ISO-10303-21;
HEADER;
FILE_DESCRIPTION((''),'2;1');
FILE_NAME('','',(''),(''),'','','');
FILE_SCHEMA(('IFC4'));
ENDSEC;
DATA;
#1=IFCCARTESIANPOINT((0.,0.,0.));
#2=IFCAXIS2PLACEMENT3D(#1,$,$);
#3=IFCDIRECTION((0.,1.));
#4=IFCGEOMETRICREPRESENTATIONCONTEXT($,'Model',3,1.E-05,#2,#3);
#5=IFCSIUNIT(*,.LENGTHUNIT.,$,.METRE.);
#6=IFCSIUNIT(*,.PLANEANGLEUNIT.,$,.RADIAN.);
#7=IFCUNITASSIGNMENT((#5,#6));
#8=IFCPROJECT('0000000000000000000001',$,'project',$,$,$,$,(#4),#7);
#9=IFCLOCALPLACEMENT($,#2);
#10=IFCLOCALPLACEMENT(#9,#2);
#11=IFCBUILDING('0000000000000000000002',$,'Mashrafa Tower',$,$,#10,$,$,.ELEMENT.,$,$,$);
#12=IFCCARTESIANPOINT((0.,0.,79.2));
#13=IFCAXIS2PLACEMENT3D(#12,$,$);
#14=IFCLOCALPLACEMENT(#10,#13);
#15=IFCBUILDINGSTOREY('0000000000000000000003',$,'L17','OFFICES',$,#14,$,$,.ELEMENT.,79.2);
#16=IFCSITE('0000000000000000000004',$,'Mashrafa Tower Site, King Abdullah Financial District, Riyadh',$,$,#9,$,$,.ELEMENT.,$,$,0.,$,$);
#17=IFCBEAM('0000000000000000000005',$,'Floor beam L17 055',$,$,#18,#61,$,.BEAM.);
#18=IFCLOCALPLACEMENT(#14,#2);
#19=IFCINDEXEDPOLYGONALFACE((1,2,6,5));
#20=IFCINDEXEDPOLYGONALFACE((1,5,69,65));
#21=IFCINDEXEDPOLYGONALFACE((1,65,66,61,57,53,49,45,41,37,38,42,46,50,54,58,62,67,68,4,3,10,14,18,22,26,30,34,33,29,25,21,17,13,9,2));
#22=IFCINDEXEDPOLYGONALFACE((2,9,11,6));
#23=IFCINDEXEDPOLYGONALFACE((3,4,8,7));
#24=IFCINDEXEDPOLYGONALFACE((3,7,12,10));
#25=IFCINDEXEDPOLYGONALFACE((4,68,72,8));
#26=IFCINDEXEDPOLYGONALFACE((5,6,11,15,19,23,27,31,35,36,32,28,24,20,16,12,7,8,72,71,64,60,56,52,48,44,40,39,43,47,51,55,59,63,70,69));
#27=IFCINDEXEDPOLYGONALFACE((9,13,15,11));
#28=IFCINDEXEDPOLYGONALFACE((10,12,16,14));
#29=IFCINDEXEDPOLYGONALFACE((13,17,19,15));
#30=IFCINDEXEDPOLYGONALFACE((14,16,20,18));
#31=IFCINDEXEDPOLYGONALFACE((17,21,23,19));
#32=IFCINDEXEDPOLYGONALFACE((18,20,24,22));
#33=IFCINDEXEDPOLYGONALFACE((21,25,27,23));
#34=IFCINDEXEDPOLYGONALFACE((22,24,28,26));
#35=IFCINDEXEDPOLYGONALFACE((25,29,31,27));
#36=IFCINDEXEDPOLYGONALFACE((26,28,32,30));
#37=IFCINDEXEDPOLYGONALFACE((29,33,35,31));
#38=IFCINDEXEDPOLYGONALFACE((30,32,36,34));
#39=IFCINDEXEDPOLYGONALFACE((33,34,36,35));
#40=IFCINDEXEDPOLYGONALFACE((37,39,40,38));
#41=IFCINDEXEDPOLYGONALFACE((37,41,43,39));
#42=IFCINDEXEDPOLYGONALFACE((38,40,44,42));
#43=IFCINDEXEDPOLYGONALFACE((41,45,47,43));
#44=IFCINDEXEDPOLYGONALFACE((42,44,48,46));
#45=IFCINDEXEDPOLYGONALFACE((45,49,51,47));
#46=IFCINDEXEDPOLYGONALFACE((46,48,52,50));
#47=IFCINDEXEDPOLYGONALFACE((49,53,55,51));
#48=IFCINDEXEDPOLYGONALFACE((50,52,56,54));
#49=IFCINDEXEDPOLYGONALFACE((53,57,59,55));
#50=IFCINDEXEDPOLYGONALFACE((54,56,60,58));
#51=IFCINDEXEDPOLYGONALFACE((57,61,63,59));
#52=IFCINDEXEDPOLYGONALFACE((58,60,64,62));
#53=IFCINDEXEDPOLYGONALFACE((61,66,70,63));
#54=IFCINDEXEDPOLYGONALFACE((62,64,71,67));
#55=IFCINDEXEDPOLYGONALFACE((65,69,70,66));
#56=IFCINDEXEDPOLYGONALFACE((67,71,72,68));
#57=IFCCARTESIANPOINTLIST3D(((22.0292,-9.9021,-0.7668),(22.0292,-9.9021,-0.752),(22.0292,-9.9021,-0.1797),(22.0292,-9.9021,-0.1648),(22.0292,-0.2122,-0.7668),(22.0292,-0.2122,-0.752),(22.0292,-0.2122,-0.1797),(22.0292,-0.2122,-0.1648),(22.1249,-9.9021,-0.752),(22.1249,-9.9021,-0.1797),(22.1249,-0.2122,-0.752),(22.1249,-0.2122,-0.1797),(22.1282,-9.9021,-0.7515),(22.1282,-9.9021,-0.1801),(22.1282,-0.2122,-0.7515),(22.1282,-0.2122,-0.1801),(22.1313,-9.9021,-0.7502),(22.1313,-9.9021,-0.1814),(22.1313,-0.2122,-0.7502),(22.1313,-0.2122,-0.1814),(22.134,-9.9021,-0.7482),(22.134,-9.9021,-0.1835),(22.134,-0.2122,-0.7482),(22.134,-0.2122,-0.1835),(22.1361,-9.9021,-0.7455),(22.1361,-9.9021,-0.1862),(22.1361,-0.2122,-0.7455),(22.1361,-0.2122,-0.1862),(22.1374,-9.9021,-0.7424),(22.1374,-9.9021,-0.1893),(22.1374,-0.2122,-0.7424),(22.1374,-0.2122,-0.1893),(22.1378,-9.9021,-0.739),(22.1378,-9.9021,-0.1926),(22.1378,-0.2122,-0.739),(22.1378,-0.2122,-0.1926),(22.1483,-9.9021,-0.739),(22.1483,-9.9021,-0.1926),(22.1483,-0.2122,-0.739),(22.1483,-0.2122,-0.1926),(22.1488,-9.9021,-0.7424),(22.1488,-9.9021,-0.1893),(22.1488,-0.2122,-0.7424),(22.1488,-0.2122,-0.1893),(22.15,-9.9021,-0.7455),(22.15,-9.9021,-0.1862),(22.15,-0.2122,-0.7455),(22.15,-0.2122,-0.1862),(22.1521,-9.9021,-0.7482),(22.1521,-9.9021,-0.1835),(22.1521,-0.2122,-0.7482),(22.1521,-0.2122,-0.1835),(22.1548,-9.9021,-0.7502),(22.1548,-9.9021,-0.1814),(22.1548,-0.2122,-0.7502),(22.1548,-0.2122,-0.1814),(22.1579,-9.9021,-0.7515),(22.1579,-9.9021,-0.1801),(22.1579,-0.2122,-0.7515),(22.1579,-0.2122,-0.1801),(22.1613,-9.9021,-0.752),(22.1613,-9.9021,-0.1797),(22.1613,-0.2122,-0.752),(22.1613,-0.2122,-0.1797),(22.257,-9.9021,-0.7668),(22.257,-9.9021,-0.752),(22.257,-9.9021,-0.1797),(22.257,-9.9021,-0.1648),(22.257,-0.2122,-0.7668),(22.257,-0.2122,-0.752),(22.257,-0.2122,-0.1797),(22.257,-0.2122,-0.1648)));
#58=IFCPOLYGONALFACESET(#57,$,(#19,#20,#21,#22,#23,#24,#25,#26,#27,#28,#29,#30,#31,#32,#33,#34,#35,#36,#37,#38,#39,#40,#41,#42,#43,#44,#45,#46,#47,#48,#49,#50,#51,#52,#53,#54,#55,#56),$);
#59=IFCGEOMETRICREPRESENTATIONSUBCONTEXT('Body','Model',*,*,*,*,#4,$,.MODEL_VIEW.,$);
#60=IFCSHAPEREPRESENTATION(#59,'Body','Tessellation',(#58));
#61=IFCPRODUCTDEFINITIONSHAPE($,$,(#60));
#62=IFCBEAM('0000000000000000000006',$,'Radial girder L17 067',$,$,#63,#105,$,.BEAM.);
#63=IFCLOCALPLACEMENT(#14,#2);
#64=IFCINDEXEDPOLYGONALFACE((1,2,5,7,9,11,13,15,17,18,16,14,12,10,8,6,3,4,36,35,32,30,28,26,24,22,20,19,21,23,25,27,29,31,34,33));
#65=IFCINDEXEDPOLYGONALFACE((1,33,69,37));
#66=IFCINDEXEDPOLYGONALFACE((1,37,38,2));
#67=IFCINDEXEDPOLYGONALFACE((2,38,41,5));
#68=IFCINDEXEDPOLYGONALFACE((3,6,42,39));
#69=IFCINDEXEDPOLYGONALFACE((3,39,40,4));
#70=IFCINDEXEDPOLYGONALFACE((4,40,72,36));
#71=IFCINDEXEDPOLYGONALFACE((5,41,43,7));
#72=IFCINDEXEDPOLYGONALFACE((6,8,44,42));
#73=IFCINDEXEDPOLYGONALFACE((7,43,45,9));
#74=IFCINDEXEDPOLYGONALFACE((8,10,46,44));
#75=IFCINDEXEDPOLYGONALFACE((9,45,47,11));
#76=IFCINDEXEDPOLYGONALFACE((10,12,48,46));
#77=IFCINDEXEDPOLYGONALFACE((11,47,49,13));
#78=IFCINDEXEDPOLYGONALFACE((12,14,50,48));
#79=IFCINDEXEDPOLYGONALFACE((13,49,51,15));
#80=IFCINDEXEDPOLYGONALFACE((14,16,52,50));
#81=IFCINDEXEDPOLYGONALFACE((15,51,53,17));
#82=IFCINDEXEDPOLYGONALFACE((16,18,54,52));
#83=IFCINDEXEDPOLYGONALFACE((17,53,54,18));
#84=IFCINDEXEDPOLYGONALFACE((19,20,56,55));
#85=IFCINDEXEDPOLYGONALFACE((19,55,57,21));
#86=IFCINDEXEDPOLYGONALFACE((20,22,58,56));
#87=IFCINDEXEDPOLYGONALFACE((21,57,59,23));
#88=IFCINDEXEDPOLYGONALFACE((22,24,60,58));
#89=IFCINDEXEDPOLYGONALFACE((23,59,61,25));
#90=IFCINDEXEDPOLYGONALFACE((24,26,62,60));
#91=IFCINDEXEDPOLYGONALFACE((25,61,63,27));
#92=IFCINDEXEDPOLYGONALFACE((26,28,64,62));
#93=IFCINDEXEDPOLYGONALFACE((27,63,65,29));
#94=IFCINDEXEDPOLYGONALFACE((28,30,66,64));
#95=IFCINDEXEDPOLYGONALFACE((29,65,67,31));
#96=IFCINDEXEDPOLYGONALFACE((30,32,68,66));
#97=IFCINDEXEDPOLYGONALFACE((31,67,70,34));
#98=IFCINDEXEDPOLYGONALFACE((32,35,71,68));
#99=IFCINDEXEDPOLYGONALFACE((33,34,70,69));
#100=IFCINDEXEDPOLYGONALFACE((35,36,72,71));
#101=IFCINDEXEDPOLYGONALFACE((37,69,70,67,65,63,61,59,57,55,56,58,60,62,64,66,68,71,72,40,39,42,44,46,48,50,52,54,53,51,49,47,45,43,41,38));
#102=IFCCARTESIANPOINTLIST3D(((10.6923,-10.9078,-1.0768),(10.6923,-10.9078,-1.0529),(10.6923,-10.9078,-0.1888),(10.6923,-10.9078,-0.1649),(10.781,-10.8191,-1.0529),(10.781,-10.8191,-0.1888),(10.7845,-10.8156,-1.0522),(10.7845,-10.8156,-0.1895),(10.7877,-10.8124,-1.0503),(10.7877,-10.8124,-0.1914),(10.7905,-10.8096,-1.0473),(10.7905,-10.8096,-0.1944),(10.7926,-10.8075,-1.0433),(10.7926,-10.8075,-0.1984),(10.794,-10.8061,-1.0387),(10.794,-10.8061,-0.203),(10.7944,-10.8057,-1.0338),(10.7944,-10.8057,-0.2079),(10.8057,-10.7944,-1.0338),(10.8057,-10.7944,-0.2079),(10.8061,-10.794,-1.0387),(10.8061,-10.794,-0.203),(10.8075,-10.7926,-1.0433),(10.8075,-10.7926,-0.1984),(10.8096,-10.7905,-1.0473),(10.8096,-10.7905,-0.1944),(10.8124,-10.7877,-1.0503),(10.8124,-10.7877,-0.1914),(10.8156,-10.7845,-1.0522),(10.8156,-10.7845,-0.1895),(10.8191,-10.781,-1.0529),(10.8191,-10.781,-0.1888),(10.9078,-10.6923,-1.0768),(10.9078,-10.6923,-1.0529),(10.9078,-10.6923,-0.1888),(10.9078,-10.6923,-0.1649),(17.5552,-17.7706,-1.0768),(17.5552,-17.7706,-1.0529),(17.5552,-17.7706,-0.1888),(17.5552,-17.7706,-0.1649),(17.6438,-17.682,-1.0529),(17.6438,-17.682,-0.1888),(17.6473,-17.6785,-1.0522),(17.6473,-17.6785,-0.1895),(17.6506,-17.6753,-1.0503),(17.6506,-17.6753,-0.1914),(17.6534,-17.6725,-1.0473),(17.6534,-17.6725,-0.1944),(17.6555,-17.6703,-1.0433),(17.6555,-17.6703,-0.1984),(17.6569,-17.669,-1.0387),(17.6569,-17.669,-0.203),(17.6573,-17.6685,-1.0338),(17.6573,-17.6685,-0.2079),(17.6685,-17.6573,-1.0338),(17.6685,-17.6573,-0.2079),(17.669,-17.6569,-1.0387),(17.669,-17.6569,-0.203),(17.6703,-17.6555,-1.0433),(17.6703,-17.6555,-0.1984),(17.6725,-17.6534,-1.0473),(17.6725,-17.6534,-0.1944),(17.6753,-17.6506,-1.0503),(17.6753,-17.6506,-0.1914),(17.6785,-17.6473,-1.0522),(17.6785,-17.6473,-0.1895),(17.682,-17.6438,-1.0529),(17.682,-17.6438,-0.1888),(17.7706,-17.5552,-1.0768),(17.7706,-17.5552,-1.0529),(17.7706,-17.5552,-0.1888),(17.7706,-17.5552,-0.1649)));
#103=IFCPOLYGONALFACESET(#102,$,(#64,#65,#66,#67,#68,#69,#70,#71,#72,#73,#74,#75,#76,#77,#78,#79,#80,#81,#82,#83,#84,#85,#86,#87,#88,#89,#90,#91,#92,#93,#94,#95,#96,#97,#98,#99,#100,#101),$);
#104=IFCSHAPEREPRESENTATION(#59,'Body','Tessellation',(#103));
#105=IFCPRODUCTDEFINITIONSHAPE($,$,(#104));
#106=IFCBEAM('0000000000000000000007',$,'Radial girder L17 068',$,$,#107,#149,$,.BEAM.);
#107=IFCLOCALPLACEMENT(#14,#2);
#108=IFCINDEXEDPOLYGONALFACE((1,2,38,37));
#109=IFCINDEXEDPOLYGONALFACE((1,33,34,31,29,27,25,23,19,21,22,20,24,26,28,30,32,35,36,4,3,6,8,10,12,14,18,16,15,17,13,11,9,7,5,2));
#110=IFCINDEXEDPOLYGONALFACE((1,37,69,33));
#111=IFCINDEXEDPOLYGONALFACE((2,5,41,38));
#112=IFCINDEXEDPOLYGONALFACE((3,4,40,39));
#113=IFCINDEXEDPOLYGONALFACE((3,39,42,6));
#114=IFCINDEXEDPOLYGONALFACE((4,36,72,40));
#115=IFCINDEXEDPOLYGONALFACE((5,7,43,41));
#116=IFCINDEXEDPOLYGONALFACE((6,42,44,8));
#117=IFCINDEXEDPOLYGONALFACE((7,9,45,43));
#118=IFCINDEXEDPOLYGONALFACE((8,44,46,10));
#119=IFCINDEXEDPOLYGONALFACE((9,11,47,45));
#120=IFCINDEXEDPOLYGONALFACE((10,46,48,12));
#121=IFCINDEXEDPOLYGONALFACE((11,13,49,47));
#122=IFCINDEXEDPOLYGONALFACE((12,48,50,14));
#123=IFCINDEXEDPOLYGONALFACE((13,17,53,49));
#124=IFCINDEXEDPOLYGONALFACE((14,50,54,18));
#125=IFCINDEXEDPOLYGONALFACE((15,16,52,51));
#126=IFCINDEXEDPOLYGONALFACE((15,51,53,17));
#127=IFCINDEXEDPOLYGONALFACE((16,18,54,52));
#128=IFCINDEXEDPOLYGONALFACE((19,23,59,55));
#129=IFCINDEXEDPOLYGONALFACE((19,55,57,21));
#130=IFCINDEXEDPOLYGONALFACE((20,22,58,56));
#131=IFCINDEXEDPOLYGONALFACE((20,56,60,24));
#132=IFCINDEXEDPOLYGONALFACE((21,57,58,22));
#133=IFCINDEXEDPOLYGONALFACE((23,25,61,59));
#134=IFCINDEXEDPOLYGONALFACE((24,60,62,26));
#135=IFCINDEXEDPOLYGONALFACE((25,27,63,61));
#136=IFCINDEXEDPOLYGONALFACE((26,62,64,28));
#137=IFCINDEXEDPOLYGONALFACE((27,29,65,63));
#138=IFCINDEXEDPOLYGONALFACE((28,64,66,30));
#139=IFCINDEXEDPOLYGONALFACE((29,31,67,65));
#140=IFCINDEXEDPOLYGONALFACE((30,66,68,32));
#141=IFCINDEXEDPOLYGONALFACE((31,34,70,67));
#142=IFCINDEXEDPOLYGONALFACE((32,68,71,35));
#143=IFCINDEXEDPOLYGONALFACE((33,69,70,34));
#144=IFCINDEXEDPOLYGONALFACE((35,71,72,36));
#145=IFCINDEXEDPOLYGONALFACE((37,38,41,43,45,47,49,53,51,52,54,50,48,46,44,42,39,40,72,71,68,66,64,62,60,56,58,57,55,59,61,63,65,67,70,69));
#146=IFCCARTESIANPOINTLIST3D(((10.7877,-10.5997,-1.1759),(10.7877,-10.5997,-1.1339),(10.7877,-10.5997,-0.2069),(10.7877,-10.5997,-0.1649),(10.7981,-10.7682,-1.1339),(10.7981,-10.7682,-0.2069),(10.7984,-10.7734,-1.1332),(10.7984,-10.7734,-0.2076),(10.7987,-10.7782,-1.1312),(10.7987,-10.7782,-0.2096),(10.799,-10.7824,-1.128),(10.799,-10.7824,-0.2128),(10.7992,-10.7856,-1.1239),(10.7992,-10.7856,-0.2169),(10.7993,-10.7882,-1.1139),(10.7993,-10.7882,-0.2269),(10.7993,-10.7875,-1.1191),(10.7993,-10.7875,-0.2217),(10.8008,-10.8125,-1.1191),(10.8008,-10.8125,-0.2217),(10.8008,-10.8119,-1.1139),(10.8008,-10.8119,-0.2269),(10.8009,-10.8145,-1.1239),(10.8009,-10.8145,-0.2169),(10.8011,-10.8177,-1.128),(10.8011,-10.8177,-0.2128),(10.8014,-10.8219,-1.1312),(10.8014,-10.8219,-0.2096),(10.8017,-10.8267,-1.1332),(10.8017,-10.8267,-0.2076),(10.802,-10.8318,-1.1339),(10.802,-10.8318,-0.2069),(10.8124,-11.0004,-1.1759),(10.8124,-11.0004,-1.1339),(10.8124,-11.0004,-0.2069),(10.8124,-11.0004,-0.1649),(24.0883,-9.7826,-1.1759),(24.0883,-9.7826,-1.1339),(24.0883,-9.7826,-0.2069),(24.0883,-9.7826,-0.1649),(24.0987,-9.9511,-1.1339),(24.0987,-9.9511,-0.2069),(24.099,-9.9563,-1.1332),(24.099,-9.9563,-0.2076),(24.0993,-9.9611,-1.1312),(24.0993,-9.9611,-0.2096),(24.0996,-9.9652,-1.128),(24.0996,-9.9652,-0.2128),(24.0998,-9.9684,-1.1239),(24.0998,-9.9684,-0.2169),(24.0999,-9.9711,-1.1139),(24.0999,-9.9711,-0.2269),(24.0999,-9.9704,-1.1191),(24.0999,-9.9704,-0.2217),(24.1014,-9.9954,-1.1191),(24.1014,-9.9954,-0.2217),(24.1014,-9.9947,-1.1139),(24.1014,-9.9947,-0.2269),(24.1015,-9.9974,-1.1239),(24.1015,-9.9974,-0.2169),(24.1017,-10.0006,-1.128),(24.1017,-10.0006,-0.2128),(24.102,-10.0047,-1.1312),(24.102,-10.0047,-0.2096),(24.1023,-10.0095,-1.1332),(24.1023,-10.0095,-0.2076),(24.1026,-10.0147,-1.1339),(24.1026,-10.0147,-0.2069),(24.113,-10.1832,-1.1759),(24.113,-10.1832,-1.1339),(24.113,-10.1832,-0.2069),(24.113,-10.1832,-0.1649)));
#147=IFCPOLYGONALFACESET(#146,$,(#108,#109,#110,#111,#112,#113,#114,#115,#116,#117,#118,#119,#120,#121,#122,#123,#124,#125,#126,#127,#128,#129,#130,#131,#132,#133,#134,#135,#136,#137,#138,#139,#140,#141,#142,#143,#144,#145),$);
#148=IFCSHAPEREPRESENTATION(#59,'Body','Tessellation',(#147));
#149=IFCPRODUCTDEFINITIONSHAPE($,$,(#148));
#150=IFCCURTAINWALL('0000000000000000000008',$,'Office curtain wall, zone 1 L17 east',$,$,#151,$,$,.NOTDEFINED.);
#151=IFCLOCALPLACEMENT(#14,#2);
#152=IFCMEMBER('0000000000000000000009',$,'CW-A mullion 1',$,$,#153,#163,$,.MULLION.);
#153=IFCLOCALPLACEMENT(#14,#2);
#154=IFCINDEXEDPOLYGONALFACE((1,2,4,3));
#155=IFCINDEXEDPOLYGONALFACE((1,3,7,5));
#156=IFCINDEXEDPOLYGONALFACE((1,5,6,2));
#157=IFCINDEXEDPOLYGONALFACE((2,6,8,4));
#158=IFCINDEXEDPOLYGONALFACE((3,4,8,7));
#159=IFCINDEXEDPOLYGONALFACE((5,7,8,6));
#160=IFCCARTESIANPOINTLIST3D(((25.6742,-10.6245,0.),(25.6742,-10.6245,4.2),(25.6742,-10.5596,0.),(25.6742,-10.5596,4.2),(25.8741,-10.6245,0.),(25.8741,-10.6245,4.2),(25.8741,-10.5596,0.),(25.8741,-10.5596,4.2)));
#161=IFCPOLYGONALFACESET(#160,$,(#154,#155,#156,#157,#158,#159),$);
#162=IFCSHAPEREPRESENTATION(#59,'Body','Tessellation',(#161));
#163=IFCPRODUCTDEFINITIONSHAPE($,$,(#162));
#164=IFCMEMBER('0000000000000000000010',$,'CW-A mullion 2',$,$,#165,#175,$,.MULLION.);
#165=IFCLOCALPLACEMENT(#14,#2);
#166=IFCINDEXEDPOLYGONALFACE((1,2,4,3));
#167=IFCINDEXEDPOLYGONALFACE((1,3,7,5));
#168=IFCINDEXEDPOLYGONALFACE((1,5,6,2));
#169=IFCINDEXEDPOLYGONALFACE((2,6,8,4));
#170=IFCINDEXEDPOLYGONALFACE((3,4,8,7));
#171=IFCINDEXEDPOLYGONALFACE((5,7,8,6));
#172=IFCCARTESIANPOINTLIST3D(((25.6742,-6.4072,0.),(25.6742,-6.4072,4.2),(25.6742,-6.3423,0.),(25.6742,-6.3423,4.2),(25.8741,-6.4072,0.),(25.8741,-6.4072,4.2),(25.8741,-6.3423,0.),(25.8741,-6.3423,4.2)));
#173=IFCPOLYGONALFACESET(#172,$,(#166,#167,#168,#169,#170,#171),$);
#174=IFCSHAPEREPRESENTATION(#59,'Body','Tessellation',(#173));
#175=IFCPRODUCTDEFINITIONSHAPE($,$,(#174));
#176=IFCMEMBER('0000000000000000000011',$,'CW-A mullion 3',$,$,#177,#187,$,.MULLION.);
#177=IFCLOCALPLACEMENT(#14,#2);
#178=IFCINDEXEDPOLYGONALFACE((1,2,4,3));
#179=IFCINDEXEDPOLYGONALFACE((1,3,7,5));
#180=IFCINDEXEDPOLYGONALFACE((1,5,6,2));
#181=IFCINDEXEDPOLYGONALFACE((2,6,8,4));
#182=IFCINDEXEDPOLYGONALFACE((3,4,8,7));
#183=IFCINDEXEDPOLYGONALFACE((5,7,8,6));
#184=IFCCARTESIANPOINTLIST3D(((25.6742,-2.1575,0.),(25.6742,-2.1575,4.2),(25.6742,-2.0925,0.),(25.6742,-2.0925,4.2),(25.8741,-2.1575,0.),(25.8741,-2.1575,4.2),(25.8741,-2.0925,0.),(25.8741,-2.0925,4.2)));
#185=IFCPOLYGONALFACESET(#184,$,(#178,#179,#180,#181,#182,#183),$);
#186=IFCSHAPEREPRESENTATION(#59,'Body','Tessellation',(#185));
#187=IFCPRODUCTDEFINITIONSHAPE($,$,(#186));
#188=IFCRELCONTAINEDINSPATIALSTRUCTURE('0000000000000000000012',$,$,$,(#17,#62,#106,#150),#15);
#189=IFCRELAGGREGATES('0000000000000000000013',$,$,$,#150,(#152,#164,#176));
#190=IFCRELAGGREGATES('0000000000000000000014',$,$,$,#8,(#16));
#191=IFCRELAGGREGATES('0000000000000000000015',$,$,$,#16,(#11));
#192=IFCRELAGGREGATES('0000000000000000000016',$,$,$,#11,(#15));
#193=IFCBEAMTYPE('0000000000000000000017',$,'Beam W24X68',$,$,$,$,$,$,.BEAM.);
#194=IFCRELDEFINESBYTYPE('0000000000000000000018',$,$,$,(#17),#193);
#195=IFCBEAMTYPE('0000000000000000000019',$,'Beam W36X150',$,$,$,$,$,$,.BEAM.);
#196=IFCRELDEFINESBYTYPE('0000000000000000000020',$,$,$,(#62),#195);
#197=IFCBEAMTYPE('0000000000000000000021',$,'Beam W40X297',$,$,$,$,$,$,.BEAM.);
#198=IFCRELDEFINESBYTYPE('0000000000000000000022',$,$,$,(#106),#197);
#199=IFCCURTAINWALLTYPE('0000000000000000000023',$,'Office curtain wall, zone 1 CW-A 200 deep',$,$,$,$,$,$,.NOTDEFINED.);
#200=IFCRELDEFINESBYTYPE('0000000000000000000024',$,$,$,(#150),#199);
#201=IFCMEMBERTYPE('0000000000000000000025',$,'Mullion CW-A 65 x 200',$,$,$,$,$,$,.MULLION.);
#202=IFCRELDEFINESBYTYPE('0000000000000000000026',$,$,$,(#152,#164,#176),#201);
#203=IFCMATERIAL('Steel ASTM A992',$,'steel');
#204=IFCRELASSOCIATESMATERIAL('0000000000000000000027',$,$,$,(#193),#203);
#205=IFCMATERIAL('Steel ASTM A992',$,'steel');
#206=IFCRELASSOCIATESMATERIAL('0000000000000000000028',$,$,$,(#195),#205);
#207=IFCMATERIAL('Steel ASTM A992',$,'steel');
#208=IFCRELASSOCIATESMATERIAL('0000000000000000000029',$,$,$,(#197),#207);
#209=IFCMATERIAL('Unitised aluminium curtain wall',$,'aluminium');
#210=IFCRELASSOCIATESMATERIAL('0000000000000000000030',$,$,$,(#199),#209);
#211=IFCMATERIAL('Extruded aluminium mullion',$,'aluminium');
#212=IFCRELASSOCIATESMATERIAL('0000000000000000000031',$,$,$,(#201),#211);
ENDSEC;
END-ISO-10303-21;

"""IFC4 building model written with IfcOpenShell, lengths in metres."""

from ifc_helpers import new_model, si_unit, direction, frame, origin, origin_2d, place, context, subcontext, project, spatial, rectangle, i_section, extrude, source, transform, mapped, material, material_profile, profile_set, type_object, type_shapes, element, aggregate, save


model = new_model("IFC4")

# Units and contexts
model_context = context("Model", 3, precision=1e-05, world=origin(), true_north=direction((0.0, 1.0)))
body_context = subcontext(model_context, "Body", "Model", "MODEL_VIEW")
ifc_project = project(units=[si_unit("LENGTHUNIT", "METRE"), si_unit("PLANEANGLEUNIT", "RADIAN")], contexts=[model_context])

# Site, building, storey
site_placement = place(None, origin())
site = spatial("IfcSite", under=ifc_project, at=site_placement, Name="Mashrafa Tower Site, King Abdullah Financial District, Riyadh", CompositionType="ELEMENT", RefElevation=0.0)
building_placement = place(site_placement, origin())
building = spatial("IfcBuilding", under=site, at=building_placement, Name="Mashrafa Tower", CompositionType="ELEMENT")
storey_placement = place(building_placement, frame((0.0, 0.0, 79.2)))
storey = spatial("IfcBuildingStorey", under=building, at=storey_placement, Name="L17", Description="OFFICES", CompositionType="ELEMENT", Elevation=79.2)

# Beams
ifc_material_1 = material(Name="Steel ASTM A992", Category="steel")
ifc_material_profile_1 = material_profile(ifc_material_1, i_section(OverallWidth=0.2278, OverallDepth=0.6021, WebThickness=0.0105, FlangeThickness=0.0149, FilletRadius=0.0129, at=origin_2d()), Name="W24X68")
ifc_profile_set_1 = profile_set([ifc_material_profile_1], Name="Steel ASTM A992")
beam_type_1 = type_object("IfcBeamType", Name="Beam W24X68", PredefinedType="BEAM", material=ifc_profile_set_1)
beam_1_placement = place(storey_placement, frame((22.1431, -0.2122, -0.4658), z_axis=(0.0, -1.0, 0.0), x_axis=(1.0, 0.0, 0.0)))
element("IfcBeam", 1, at=beam_1_placement, inside=storey, type_object=beam_type_1, Name="Floor beam L17 055", PredefinedType="BEAM", context=body_context, shape_type="SweptSolid", body=[
    extrude(i_section(OverallWidth=0.2278, OverallDepth=0.6021, WebThickness=0.0105, FlangeThickness=0.0149, FilletRadius=0.0129, at=origin_2d()), origin(), (0.0, 0.0, 1.0), 9.6899),
])
ifc_material_2 = material(Name="Steel ASTM A992", Category="steel")
ifc_material_profile_2 = material_profile(ifc_material_2, i_section(OverallWidth=0.3047, OverallDepth=0.9119, WebThickness=0.0159, FlangeThickness=0.0239, FilletRadius=0.019, at=origin_2d()), Name="W36X150")
ifc_profile_set_2 = profile_set([ifc_material_profile_2], Name="Steel ASTM A992")
beam_type_2 = type_object("IfcBeamType", Name="Beam W36X150", PredefinedType="BEAM", material=ifc_profile_set_2)
beam_2_placement = place(storey_placement, frame((10.8, -10.8, -0.6208), z_axis=(0.707107, -0.707107, 0.0), x_axis=(0.707107, 0.707107, 0.0)))
element("IfcBeam", 2, at=beam_2_placement, inside=storey, type_object=beam_type_2, Name="Radial girder L17 067", PredefinedType="BEAM", context=body_context, shape_type="SweptSolid", body=[
    extrude(i_section(OverallWidth=0.3047, OverallDepth=0.9119, WebThickness=0.0159, FlangeThickness=0.0239, FilletRadius=0.019, at=origin_2d()), origin(), (0.0, 0.0, 1.0), 9.7056),
])
ifc_material_3 = material(Name="Steel ASTM A992", Category="steel")
ifc_material_profile_3 = material_profile(ifc_material_3, i_section(OverallWidth=0.4014, OverallDepth=1.011, WebThickness=0.0237, FlangeThickness=0.042, FilletRadius=0.02, at=origin_2d()), Name="W40X297")
ifc_profile_set_3 = profile_set([ifc_material_profile_3], Name="Steel ASTM A992")
beam_type_3 = type_object("IfcBeamType", Name="Beam W40X297", PredefinedType="BEAM", material=ifc_profile_set_3)
beam_3_placement = place(storey_placement, frame((10.8, -10.8, -0.6704), z_axis=(0.998118, 0.061321, 0.0), x_axis=(-0.061321, 0.998118, 0.0)))
element("IfcBeam", 3, at=beam_3_placement, inside=storey, type_object=beam_type_3, Name="Radial girder L17 068", PredefinedType="BEAM", context=body_context, shape_type="SweptSolid", body=[
    extrude(i_section(OverallWidth=0.4014, OverallDepth=1.011, WebThickness=0.0237, FlangeThickness=0.042, FilletRadius=0.02, at=origin_2d()), origin(), (0.0, 0.0, 1.0), 13.3257),
])

# Curtain wall, members
ifc_material_4 = material(Name="Unitised aluminium curtain wall", Category="aluminium")
curtain_wall_type = type_object("IfcCurtainWallType", Name="Office curtain wall, zone 1 CW-A 200 deep", PredefinedType="NOTDEFINED", material=ifc_material_4)
curtain_wall_1_placement = place(storey_placement, origin())
curtain_wall_1 = element("IfcCurtainWall", 4, at=curtain_wall_1_placement, inside=storey, type_object=curtain_wall_type, Name="Office curtain wall, zone 1 L17 east", PredefinedType="NOTDEFINED")
ifc_material_5 = material(Name="Extruded aluminium mullion", Category="aluminium")
ifc_material_profile_4 = material_profile(ifc_material_5, rectangle(XDim=0.2, YDim=0.0649, at=origin_2d()), Name="Mullion 65x200")
ifc_profile_set_4 = profile_set([ifc_material_profile_4], Name="Extruded aluminium mullion")
member_type_1 = type_object("IfcMemberType", Name="Mullion CW-A 65 x 200", PredefinedType="MULLION", material=ifc_profile_set_4)
shared_shape_1 = source(origin(), body_context, "Body", "SweptSolid", [
    extrude(rectangle(XDim=0.2, YDim=0.0649, at=origin_2d()), origin(), (0.0, 0.0, 1.0), 4.2),
])
type_shapes(member_type_1, [shared_shape_1])
member_1_placement = place(storey_placement, frame((25.7742, -10.592, 0.0), z_axis=(0.0, 0.0, 1.0), x_axis=(-1.0, 0.0, 0.0)))
member_1 = element("IfcMember", 5, at=member_1_placement, type_object=member_type_1, Name="CW-A mullion 1", PredefinedType="MULLION", context=body_context, shape_type="MappedRepresentation", body=[
    mapped(shared_shape_1, transform((0.0, 0.0, 0.0))),
])
member_2_placement = place(storey_placement, frame((25.7742, -6.3748, 0.0), z_axis=(0.0, 0.0, 1.0), x_axis=(-1.0, 0.0, 0.0)))
member_2 = element("IfcMember", 6, at=member_2_placement, type_object=member_type_1, Name="CW-A mullion 2", PredefinedType="MULLION", context=body_context, shape_type="MappedRepresentation", body=[
    mapped(shared_shape_1, transform((0.0, 0.0, 0.0))),
])
member_3_placement = place(storey_placement, frame((25.7742, -2.125, 0.0), z_axis=(0.0, 0.0, 1.0), x_axis=(-1.0, 0.0, 0.0)))
member_3 = element("IfcMember", 7, at=member_3_placement, type_object=member_type_1, Name="CW-A mullion 3", PredefinedType="MULLION", context=body_context, shape_type="MappedRepresentation", body=[
    mapped(shared_shape_1, transform((0.0, 0.0, 0.0))),
])

aggregate(curtain_wall_1, [member_1, member_2, member_3])

save(model, "model.ifc")
